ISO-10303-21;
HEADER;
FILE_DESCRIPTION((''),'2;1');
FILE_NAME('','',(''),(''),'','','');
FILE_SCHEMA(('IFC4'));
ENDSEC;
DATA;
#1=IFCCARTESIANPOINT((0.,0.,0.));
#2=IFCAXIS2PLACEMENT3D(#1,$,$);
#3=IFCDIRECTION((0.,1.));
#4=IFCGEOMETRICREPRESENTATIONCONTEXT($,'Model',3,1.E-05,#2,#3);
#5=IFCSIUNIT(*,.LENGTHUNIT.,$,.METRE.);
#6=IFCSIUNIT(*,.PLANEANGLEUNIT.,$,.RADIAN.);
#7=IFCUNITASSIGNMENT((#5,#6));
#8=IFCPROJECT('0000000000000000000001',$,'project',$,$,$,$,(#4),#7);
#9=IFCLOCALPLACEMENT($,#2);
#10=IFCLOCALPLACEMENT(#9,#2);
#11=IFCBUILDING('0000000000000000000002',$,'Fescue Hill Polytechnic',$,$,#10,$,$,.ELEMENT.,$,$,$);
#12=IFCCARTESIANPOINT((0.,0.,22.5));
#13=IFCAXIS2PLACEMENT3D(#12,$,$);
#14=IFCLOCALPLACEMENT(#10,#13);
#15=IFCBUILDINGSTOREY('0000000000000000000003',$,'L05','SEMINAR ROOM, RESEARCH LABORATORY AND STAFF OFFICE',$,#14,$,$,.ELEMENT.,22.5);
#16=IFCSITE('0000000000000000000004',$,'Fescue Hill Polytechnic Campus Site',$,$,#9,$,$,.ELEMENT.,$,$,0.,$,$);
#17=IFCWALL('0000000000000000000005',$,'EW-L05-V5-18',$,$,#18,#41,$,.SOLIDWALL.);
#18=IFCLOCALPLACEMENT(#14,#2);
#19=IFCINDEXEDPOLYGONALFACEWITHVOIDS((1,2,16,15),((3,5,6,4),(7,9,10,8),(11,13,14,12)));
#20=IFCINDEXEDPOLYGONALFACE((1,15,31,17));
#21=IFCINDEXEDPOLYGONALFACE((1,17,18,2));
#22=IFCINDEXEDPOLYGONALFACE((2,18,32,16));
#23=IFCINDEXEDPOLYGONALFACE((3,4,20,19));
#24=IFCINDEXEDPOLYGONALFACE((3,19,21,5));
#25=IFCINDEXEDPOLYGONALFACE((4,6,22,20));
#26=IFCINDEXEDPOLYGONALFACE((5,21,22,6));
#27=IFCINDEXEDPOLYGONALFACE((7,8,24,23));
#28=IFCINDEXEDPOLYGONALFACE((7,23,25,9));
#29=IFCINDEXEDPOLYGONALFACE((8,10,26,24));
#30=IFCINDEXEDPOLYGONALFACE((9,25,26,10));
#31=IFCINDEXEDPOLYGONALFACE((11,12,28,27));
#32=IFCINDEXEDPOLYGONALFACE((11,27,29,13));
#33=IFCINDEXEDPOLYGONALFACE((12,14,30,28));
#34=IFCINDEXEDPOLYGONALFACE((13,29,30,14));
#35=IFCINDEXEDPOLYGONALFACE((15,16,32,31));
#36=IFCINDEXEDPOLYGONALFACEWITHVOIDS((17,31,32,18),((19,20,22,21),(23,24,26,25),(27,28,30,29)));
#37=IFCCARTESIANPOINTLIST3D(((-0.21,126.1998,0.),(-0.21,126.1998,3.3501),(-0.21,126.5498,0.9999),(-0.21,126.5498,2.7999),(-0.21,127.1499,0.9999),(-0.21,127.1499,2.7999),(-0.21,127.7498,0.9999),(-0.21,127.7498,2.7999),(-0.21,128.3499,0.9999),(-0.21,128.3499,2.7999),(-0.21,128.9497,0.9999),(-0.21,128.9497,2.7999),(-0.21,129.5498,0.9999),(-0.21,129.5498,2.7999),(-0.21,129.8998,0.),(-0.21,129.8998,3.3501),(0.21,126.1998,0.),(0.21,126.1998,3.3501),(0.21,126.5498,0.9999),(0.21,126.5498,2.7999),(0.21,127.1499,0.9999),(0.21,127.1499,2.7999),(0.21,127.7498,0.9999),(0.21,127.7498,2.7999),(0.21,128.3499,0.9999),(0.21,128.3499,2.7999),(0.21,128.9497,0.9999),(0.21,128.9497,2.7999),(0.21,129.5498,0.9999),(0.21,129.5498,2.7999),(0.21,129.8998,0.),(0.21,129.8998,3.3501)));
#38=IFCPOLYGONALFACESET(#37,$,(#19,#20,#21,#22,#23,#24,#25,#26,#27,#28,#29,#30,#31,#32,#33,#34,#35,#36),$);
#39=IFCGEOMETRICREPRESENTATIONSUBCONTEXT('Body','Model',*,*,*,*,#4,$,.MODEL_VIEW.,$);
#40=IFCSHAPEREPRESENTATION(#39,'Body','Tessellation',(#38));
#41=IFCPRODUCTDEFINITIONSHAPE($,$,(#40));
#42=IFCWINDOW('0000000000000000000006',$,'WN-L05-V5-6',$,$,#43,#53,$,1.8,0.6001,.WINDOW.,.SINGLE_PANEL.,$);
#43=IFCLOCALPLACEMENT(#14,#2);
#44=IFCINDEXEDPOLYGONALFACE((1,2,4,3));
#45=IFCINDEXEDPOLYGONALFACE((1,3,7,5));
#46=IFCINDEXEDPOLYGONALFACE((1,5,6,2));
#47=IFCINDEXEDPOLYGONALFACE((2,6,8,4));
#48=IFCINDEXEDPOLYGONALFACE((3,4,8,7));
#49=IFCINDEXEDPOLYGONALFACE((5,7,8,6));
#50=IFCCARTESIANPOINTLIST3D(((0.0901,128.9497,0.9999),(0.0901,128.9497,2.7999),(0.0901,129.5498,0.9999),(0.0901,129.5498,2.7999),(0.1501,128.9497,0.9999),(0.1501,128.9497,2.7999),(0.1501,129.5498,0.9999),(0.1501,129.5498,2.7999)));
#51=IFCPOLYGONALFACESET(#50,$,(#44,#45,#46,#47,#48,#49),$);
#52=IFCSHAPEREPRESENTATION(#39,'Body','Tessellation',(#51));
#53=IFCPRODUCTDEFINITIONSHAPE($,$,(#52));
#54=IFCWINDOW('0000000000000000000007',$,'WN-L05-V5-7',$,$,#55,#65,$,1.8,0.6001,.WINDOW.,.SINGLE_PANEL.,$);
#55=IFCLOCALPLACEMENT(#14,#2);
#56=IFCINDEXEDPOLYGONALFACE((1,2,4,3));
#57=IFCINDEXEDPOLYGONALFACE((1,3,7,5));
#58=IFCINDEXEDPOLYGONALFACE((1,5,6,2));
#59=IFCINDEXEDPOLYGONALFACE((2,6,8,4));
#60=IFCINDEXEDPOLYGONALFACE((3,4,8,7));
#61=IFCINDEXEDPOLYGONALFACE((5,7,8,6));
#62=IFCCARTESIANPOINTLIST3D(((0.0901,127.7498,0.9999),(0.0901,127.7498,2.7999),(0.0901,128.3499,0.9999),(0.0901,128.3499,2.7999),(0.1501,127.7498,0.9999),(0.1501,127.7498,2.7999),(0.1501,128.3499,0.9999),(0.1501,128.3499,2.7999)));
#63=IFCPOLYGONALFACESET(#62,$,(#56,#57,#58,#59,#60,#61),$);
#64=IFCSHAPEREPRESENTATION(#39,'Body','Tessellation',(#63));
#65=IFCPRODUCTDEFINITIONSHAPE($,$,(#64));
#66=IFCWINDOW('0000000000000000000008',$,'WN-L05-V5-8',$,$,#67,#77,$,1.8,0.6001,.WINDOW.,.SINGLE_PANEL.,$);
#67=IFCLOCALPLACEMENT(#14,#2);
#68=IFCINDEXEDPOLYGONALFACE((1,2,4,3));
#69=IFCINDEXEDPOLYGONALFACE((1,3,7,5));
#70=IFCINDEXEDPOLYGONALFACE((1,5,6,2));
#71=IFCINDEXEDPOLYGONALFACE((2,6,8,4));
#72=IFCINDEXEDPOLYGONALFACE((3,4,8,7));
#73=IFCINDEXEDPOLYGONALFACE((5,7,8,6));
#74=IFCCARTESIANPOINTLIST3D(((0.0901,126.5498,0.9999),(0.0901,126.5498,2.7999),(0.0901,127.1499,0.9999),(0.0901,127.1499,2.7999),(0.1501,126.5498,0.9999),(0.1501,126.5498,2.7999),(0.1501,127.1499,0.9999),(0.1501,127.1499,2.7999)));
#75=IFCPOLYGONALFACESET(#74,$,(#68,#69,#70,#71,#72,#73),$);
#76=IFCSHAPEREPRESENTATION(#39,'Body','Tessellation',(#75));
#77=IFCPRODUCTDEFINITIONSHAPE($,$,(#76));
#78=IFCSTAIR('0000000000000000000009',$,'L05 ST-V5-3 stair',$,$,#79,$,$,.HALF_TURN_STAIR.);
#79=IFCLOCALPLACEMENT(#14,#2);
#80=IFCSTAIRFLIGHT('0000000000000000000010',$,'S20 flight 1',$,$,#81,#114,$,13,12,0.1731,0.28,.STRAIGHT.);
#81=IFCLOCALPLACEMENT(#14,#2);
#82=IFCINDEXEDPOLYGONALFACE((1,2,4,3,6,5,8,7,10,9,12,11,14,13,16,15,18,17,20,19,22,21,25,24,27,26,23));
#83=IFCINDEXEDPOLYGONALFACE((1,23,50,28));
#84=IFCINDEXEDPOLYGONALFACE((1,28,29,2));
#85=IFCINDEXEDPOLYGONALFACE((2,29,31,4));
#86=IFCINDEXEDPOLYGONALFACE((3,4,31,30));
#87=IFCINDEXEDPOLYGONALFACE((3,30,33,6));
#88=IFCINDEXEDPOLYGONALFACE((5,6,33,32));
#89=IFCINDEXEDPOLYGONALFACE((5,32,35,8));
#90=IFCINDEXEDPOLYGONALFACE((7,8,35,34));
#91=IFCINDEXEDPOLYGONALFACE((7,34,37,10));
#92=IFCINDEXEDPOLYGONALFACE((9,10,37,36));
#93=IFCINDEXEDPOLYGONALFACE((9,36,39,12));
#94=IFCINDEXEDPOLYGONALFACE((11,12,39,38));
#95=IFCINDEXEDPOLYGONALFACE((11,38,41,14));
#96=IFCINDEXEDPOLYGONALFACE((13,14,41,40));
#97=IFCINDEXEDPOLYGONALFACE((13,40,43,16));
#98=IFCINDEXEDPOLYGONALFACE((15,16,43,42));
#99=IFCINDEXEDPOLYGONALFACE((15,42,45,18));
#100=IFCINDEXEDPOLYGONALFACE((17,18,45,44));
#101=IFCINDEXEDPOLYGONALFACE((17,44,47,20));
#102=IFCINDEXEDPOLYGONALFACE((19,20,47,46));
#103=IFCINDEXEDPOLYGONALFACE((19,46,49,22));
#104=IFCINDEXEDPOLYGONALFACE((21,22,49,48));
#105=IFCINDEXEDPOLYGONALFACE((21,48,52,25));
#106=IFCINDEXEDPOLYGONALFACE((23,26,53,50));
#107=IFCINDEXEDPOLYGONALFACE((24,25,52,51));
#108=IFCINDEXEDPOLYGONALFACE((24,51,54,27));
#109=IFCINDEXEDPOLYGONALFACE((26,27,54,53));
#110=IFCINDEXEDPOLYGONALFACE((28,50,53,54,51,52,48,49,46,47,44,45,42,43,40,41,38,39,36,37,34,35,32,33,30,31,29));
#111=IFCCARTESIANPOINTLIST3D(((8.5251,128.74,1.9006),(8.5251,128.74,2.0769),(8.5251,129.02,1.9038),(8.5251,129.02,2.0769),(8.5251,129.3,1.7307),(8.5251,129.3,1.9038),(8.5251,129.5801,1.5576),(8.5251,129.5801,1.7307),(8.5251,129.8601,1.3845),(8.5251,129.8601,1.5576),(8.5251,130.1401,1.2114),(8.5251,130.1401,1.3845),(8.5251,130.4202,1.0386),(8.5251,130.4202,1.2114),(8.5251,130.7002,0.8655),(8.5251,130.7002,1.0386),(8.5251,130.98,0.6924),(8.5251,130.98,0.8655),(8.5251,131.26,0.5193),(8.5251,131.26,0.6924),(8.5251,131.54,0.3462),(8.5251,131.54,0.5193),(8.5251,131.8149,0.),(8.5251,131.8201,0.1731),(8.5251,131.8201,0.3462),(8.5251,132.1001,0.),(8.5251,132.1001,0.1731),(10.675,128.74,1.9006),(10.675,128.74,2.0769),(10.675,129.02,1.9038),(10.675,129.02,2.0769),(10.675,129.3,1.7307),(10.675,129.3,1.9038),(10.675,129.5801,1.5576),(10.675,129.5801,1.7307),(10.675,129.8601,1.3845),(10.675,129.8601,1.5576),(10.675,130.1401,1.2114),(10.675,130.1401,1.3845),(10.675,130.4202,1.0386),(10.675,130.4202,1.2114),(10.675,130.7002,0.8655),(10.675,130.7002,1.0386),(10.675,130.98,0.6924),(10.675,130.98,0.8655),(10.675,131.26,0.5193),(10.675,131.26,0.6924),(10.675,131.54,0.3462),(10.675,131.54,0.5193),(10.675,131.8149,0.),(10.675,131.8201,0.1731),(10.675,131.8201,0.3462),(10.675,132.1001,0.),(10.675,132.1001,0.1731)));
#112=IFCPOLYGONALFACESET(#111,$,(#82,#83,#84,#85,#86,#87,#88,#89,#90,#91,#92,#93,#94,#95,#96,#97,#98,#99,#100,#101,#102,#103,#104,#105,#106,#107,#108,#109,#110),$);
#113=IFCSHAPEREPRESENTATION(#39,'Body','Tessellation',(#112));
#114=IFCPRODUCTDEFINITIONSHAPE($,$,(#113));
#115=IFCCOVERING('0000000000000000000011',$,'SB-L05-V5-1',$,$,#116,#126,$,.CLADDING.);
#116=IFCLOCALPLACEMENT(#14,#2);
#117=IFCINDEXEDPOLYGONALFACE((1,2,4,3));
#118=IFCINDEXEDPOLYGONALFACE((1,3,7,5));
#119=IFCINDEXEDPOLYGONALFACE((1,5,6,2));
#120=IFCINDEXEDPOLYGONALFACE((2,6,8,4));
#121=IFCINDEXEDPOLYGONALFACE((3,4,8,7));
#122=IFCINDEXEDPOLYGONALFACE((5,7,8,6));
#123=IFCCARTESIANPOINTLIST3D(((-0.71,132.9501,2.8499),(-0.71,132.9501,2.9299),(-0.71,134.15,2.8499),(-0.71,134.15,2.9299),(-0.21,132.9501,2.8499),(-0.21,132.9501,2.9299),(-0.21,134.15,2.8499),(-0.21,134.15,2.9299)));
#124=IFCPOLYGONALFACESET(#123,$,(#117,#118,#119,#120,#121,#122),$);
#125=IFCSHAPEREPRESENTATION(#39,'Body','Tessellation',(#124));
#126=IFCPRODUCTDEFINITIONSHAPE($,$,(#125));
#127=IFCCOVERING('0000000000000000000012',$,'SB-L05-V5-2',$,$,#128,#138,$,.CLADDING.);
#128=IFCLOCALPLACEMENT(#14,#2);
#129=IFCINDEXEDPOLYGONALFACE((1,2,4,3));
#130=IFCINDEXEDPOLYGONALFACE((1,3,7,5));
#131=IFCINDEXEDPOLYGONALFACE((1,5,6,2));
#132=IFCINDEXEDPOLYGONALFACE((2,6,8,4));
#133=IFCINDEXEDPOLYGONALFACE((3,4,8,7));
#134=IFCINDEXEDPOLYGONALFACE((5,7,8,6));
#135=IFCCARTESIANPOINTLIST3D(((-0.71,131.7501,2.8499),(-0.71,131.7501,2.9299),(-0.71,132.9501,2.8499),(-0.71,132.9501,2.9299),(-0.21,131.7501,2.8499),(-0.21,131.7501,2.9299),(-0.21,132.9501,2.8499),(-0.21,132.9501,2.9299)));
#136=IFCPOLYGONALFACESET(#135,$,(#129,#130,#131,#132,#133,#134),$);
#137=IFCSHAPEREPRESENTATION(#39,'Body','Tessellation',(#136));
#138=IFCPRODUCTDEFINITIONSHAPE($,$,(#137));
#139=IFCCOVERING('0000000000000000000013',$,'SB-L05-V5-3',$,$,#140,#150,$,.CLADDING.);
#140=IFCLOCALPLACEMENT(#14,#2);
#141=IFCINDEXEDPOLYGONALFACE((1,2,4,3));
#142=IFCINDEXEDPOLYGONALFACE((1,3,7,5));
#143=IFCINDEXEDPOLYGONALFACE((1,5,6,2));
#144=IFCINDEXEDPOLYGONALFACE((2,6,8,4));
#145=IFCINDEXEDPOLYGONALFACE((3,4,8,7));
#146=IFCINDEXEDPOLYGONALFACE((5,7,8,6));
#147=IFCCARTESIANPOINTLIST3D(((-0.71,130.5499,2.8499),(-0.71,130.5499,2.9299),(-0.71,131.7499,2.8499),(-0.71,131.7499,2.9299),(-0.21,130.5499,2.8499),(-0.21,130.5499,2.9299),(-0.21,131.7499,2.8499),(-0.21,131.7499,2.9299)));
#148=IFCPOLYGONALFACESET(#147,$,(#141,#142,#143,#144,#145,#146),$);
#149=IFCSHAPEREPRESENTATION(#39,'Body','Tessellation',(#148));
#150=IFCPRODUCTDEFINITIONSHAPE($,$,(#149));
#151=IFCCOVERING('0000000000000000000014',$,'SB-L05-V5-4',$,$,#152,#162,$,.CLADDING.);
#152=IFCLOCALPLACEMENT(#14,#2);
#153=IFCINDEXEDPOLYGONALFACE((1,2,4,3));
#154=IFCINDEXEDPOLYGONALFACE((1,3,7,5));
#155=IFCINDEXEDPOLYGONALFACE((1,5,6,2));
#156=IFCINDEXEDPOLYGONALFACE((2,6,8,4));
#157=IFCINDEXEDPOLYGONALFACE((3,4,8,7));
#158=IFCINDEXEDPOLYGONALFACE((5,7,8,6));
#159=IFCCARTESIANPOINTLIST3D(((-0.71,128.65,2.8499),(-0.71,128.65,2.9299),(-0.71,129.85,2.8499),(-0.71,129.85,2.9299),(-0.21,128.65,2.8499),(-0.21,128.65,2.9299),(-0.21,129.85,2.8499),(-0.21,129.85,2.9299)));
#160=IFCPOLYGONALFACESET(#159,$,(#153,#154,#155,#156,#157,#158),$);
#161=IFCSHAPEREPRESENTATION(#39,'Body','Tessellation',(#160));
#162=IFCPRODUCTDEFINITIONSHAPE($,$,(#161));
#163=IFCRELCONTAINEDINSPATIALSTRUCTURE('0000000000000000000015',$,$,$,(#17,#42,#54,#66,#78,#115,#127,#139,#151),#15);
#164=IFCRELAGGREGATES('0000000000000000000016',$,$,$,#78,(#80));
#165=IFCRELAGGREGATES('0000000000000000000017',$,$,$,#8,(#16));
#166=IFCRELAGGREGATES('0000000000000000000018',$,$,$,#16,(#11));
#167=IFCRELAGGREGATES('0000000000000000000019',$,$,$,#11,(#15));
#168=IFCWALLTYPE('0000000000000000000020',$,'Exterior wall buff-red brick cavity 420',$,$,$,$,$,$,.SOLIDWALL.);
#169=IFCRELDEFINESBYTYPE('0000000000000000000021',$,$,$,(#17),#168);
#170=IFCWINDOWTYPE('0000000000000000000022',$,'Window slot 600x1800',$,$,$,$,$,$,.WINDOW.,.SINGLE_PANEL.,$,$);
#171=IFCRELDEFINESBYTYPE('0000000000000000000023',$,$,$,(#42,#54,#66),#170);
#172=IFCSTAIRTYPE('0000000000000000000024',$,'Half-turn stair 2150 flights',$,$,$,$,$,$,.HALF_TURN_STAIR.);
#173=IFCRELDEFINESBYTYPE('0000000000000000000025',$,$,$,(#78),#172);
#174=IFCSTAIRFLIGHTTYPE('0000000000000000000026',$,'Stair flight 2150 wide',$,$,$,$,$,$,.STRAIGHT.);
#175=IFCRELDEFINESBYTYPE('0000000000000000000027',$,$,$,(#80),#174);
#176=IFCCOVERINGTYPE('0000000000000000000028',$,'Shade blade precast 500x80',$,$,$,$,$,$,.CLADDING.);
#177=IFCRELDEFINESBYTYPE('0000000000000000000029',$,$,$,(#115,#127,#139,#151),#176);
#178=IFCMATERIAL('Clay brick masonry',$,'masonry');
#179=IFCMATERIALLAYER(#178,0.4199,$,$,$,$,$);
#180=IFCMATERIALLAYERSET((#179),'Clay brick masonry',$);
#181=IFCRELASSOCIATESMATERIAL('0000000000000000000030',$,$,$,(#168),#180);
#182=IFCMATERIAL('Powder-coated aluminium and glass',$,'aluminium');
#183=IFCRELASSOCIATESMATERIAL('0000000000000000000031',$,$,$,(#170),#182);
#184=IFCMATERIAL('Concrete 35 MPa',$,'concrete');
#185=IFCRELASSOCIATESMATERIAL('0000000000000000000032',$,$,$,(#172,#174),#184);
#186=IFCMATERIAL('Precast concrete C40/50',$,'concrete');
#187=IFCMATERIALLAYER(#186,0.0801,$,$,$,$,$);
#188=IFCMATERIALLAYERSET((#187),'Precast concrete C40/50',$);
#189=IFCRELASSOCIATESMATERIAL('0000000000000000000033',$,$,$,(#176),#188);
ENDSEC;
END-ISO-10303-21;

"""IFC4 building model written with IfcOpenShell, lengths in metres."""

from ifc_helpers import new_model, si_unit, direction, frame, frame_2d, origin, origin_2d, place, context, subcontext, project, spatial, polyline, rectangle, outline, extrude, material, layer, layer_set, type_object, element, fill, aggregate, save


model = new_model("IFC4")

# Units and contexts
model_context = context("Model", 3, precision=1e-05, world=origin(), true_north=direction((0.0, 1.0)))
body_context = subcontext(model_context, "Body", "Model", "MODEL_VIEW")
ifc_project = project(units=[si_unit("LENGTHUNIT", "METRE"), si_unit("PLANEANGLEUNIT", "RADIAN")], contexts=[model_context])

# Site, building, storey
site_placement = place(None, origin())
site = spatial("IfcSite", under=ifc_project, at=site_placement, Name="Fescue Hill Polytechnic Campus Site", CompositionType="ELEMENT", RefElevation=0.0)
building_placement = place(site_placement, origin())
building = spatial("IfcBuilding", under=site, at=building_placement, Name="Fescue Hill Polytechnic", CompositionType="ELEMENT")
storey_placement = place(building_placement, frame((0.0, 0.0, 22.5)))
storey = spatial("IfcBuildingStorey", under=building, at=storey_placement, Name="L05", Description="SEMINAR ROOM, RESEARCH LABORATORY AND STAFF OFFICE", CompositionType="ELEMENT", Elevation=22.5)

# Shared definitions
ifc_material_1 = material(Name="Concrete 35 MPa", Category="concrete")

# Shared definitions
ifc_material_2 = material(Name="Clay brick masonry", Category="masonry")

# Wall, openings, windows
ifc_layer_1 = layer(ifc_material_2, 0.4199)
ifc_layer_set_1 = layer_set([ifc_layer_1], Name="Clay brick masonry")
wall_type_1 = type_object("IfcWallType", Name="Exterior wall buff-red brick cavity 420", PredefinedType="SOLIDWALL", material=ifc_layer_set_1)
ifc_material_3 = material(Name="Powder-coated aluminium and glass", Category="aluminium")
window_type = type_object("IfcWindowType", Name="Window slot 600x1800", PartitioningType="SINGLE_PANEL", PredefinedType="WINDOW", material=ifc_material_3)
wall_1_placement = place(storey_placement, frame((0.0, 129.8999, 0.0), z_axis=(0.0, 0.0, 1.0), x_axis=(0.0, -1.0, 0.0)))
wall_1 = element("IfcWall", 1, at=wall_1_placement, inside=storey, type_object=wall_type_1, Name="EW-L05-V5-18", PredefinedType="SOLIDWALL", context=body_context, shape_type="SweptSolid", body=[
    extrude(rectangle(XDim=3.7, YDim=0.4199, at=frame_2d((1.8501, 0.0))), origin(), (0.0, 0.0, 1.0), 3.3501),
])
opening_1_placement = place(wall_1_placement, frame((0.3501, 0.0, 1.0)))
opening_1 = element("IfcOpeningElement", 2, at=opening_1_placement, cuts=wall_1, PredefinedType="OPENING", context=body_context, shape_type="SweptSolid", body=[
    extrude(rectangle(XDim=0.6001, YDim=1.8, at=frame_2d((0.3, 0.8999))), frame((0.0, 0.22, 0.0), z_axis=(0.0, -1.0, 0.0), x_axis=(1.0, 0.0, 0.0)), (0.0, 0.0, 1.0), 0.4399),
])
opening_2_placement = place(wall_1_placement, frame((1.55, 0.0, 1.0)))
opening_2 = element("IfcOpeningElement", 3, at=opening_2_placement, cuts=wall_1, PredefinedType="OPENING", context=body_context, shape_type="SweptSolid", body=[
    extrude(rectangle(XDim=0.6001, YDim=1.8, at=frame_2d((0.3, 0.8999))), frame((0.0, 0.22, 0.0), z_axis=(0.0, -1.0, 0.0), x_axis=(1.0, 0.0, 0.0)), (0.0, 0.0, 1.0), 0.4399),
])
opening_3_placement = place(wall_1_placement, frame((2.75, 0.0, 1.0)))
opening_3 = element("IfcOpeningElement", 4, at=opening_3_placement, cuts=wall_1, PredefinedType="OPENING", context=body_context, shape_type="SweptSolid", body=[
    extrude(rectangle(XDim=0.6001, YDim=1.8, at=frame_2d((0.3, 0.8999))), frame((0.0, 0.22, 0.0), z_axis=(0.0, -1.0, 0.0), x_axis=(1.0, 0.0, 0.0)), (0.0, 0.0, 1.0), 0.4399),
])
window_1_placement = place(opening_1_placement, origin())
window_1 = element("IfcWindow", 5, at=window_1_placement, inside=storey, type_object=window_type, Name="WN-L05-V5-6", OverallHeight=1.8, OverallWidth=0.6001, PartitioningType="SINGLE_PANEL", PredefinedType="WINDOW", context=body_context, shape_type="SweptSolid", body=[
    extrude(rectangle(XDim=0.6001, YDim=1.8, at=frame_2d((0.3, 0.8999))), frame((0.0, 0.1501, 0.0), z_axis=(0.0, -1.0, 0.0), x_axis=(1.0, 0.0, 0.0)), (0.0, 0.0, 1.0), 0.0601),
])
fill(opening_1, window_1)
window_2_placement = place(opening_2_placement, origin())
window_2 = element("IfcWindow", 6, at=window_2_placement, inside=storey, type_object=window_type, Name="WN-L05-V5-7", OverallHeight=1.8, OverallWidth=0.6001, PartitioningType="SINGLE_PANEL", PredefinedType="WINDOW", context=body_context, shape_type="SweptSolid", body=[
    extrude(rectangle(XDim=0.6001, YDim=1.8, at=frame_2d((0.3, 0.8999))), frame((0.0, 0.1501, 0.0), z_axis=(0.0, -1.0, 0.0), x_axis=(1.0, 0.0, 0.0)), (0.0, 0.0, 1.0), 0.0601),
])
fill(opening_2, window_2)
window_3_placement = place(opening_3_placement, origin())
window_3 = element("IfcWindow", 7, at=window_3_placement, inside=storey, type_object=window_type, Name="WN-L05-V5-8", OverallHeight=1.8, OverallWidth=0.6001, PartitioningType="SINGLE_PANEL", PredefinedType="WINDOW", context=body_context, shape_type="SweptSolid", body=[
    extrude(rectangle(XDim=0.6001, YDim=1.8, at=frame_2d((0.3, 0.8999))), frame((0.0, 0.1501, 0.0), z_axis=(0.0, -1.0, 0.0), x_axis=(1.0, 0.0, 0.0)), (0.0, 0.0, 1.0), 0.0601),
])
fill(opening_3, window_3)

# Stair, stair flight
stair_type = type_object("IfcStairType", Name="Half-turn stair 2150 flights", PredefinedType="HALF_TURN_STAIR", material=ifc_material_1)
stair_placement = place(storey_placement, origin())
stair = element("IfcStair", 8, at=stair_placement, inside=storey, type_object=stair_type, Name="L05 ST-V5-3 stair", PredefinedType="HALF_TURN_STAIR")
stair_flight_type = type_object("IfcStairFlightType", Name="Stair flight 2150 wide", PredefinedType="STRAIGHT", material=ifc_material_1)
stair_flight_placement = place(storey_placement, frame((9.6001, 132.1001, 0.0), z_axis=(0.0, 0.0, 1.0), x_axis=(0.0, -1.0, 0.0)))
stair_flight = element("IfcStairFlight", 9, at=stair_flight_placement, type_object=stair_flight_type, Name="S20 flight 1", NumberOfRisers=13, NumberOfTreads=12, PredefinedType="STRAIGHT", RiserHeight=0.1731, TreadLength=0.28, context=body_context, shape_type="SweptSolid", body=[
    extrude(outline(polyline([(0.0, 0.0), (0.0, 0.1731), (0.28, 0.1731), (0.28, 0.3462), (0.5601, 0.3462), (0.5601, 0.5193), (0.8401, 0.5193), (0.8401, 0.6924), (1.1201, 0.6924), (1.1201, 0.8655), (1.3999, 0.8655), (1.3999, 1.0386), (1.6799, 1.0386), (1.6799, 1.2114), (1.96, 1.2114), (1.96, 1.3845), (2.24, 1.3845), (2.24, 1.5576), (2.52, 1.5576), (2.52, 1.7307), (2.8, 1.7307), (2.8, 1.9038), (3.0801, 1.9038), (3.0801, 2.0769), (3.3601, 2.0769), (3.3601, 2.25), (3.3601, 1.9006), (0.2852, 0.0), (0.0, 0.0)])), frame((0.0, 1.075, 0.0), z_axis=(0.0, -1.0, 0.0), x_axis=(1.0, 0.0, 0.0)), (0.0, 0.0, 1.0), 2.1499),
])
aggregate(stair, [stair_flight])

# Coverings
ifc_material_4 = material(Name="Precast concrete C40/50", Category="concrete")
ifc_layer_2 = layer(ifc_material_4, 0.0801)
ifc_layer_set_2 = layer_set([ifc_layer_2], Name="Precast concrete C40/50")
covering_type = type_object("IfcCoveringType", Name="Shade blade precast 500x80", PredefinedType="CLADDING", material=ifc_layer_set_2)
for number, where, z_axis, x_axis, name in (
    (10, (-0.46, 133.55, 2.8499), (0.0, 0.0, 1.0), (0.0, -1.0, 0.0), "SB-L05-V5-1"),
    (11, (-0.46, 132.3501, 2.8499), (0.0, 0.0, 1.0), (0.0, -1.0, 0.0), "SB-L05-V5-2"),
    (12, (-0.46, 131.1499, 2.8499), (0.0, 0.0, 1.0), (0.0, -1.0, 0.0), "SB-L05-V5-3"),
    (13, (-0.46, 129.25, 2.8499), (0.0, 0.0, 1.0), (0.0, -1.0, 0.0), "SB-L05-V5-4"),
):
    element("IfcCovering", number, at=place(storey_placement, frame(where, z_axis=z_axis, x_axis=x_axis)), inside=storey, type_object=covering_type, Name=name, PredefinedType="CLADDING", context=body_context, shape_type="SweptSolid", body=[
        extrude(rectangle(XDim=1.2, YDim=0.5, at=origin_2d()), origin(), (0.0, 0.0, 1.0), 0.0801),
    ])

save(model, "model.ifc")
